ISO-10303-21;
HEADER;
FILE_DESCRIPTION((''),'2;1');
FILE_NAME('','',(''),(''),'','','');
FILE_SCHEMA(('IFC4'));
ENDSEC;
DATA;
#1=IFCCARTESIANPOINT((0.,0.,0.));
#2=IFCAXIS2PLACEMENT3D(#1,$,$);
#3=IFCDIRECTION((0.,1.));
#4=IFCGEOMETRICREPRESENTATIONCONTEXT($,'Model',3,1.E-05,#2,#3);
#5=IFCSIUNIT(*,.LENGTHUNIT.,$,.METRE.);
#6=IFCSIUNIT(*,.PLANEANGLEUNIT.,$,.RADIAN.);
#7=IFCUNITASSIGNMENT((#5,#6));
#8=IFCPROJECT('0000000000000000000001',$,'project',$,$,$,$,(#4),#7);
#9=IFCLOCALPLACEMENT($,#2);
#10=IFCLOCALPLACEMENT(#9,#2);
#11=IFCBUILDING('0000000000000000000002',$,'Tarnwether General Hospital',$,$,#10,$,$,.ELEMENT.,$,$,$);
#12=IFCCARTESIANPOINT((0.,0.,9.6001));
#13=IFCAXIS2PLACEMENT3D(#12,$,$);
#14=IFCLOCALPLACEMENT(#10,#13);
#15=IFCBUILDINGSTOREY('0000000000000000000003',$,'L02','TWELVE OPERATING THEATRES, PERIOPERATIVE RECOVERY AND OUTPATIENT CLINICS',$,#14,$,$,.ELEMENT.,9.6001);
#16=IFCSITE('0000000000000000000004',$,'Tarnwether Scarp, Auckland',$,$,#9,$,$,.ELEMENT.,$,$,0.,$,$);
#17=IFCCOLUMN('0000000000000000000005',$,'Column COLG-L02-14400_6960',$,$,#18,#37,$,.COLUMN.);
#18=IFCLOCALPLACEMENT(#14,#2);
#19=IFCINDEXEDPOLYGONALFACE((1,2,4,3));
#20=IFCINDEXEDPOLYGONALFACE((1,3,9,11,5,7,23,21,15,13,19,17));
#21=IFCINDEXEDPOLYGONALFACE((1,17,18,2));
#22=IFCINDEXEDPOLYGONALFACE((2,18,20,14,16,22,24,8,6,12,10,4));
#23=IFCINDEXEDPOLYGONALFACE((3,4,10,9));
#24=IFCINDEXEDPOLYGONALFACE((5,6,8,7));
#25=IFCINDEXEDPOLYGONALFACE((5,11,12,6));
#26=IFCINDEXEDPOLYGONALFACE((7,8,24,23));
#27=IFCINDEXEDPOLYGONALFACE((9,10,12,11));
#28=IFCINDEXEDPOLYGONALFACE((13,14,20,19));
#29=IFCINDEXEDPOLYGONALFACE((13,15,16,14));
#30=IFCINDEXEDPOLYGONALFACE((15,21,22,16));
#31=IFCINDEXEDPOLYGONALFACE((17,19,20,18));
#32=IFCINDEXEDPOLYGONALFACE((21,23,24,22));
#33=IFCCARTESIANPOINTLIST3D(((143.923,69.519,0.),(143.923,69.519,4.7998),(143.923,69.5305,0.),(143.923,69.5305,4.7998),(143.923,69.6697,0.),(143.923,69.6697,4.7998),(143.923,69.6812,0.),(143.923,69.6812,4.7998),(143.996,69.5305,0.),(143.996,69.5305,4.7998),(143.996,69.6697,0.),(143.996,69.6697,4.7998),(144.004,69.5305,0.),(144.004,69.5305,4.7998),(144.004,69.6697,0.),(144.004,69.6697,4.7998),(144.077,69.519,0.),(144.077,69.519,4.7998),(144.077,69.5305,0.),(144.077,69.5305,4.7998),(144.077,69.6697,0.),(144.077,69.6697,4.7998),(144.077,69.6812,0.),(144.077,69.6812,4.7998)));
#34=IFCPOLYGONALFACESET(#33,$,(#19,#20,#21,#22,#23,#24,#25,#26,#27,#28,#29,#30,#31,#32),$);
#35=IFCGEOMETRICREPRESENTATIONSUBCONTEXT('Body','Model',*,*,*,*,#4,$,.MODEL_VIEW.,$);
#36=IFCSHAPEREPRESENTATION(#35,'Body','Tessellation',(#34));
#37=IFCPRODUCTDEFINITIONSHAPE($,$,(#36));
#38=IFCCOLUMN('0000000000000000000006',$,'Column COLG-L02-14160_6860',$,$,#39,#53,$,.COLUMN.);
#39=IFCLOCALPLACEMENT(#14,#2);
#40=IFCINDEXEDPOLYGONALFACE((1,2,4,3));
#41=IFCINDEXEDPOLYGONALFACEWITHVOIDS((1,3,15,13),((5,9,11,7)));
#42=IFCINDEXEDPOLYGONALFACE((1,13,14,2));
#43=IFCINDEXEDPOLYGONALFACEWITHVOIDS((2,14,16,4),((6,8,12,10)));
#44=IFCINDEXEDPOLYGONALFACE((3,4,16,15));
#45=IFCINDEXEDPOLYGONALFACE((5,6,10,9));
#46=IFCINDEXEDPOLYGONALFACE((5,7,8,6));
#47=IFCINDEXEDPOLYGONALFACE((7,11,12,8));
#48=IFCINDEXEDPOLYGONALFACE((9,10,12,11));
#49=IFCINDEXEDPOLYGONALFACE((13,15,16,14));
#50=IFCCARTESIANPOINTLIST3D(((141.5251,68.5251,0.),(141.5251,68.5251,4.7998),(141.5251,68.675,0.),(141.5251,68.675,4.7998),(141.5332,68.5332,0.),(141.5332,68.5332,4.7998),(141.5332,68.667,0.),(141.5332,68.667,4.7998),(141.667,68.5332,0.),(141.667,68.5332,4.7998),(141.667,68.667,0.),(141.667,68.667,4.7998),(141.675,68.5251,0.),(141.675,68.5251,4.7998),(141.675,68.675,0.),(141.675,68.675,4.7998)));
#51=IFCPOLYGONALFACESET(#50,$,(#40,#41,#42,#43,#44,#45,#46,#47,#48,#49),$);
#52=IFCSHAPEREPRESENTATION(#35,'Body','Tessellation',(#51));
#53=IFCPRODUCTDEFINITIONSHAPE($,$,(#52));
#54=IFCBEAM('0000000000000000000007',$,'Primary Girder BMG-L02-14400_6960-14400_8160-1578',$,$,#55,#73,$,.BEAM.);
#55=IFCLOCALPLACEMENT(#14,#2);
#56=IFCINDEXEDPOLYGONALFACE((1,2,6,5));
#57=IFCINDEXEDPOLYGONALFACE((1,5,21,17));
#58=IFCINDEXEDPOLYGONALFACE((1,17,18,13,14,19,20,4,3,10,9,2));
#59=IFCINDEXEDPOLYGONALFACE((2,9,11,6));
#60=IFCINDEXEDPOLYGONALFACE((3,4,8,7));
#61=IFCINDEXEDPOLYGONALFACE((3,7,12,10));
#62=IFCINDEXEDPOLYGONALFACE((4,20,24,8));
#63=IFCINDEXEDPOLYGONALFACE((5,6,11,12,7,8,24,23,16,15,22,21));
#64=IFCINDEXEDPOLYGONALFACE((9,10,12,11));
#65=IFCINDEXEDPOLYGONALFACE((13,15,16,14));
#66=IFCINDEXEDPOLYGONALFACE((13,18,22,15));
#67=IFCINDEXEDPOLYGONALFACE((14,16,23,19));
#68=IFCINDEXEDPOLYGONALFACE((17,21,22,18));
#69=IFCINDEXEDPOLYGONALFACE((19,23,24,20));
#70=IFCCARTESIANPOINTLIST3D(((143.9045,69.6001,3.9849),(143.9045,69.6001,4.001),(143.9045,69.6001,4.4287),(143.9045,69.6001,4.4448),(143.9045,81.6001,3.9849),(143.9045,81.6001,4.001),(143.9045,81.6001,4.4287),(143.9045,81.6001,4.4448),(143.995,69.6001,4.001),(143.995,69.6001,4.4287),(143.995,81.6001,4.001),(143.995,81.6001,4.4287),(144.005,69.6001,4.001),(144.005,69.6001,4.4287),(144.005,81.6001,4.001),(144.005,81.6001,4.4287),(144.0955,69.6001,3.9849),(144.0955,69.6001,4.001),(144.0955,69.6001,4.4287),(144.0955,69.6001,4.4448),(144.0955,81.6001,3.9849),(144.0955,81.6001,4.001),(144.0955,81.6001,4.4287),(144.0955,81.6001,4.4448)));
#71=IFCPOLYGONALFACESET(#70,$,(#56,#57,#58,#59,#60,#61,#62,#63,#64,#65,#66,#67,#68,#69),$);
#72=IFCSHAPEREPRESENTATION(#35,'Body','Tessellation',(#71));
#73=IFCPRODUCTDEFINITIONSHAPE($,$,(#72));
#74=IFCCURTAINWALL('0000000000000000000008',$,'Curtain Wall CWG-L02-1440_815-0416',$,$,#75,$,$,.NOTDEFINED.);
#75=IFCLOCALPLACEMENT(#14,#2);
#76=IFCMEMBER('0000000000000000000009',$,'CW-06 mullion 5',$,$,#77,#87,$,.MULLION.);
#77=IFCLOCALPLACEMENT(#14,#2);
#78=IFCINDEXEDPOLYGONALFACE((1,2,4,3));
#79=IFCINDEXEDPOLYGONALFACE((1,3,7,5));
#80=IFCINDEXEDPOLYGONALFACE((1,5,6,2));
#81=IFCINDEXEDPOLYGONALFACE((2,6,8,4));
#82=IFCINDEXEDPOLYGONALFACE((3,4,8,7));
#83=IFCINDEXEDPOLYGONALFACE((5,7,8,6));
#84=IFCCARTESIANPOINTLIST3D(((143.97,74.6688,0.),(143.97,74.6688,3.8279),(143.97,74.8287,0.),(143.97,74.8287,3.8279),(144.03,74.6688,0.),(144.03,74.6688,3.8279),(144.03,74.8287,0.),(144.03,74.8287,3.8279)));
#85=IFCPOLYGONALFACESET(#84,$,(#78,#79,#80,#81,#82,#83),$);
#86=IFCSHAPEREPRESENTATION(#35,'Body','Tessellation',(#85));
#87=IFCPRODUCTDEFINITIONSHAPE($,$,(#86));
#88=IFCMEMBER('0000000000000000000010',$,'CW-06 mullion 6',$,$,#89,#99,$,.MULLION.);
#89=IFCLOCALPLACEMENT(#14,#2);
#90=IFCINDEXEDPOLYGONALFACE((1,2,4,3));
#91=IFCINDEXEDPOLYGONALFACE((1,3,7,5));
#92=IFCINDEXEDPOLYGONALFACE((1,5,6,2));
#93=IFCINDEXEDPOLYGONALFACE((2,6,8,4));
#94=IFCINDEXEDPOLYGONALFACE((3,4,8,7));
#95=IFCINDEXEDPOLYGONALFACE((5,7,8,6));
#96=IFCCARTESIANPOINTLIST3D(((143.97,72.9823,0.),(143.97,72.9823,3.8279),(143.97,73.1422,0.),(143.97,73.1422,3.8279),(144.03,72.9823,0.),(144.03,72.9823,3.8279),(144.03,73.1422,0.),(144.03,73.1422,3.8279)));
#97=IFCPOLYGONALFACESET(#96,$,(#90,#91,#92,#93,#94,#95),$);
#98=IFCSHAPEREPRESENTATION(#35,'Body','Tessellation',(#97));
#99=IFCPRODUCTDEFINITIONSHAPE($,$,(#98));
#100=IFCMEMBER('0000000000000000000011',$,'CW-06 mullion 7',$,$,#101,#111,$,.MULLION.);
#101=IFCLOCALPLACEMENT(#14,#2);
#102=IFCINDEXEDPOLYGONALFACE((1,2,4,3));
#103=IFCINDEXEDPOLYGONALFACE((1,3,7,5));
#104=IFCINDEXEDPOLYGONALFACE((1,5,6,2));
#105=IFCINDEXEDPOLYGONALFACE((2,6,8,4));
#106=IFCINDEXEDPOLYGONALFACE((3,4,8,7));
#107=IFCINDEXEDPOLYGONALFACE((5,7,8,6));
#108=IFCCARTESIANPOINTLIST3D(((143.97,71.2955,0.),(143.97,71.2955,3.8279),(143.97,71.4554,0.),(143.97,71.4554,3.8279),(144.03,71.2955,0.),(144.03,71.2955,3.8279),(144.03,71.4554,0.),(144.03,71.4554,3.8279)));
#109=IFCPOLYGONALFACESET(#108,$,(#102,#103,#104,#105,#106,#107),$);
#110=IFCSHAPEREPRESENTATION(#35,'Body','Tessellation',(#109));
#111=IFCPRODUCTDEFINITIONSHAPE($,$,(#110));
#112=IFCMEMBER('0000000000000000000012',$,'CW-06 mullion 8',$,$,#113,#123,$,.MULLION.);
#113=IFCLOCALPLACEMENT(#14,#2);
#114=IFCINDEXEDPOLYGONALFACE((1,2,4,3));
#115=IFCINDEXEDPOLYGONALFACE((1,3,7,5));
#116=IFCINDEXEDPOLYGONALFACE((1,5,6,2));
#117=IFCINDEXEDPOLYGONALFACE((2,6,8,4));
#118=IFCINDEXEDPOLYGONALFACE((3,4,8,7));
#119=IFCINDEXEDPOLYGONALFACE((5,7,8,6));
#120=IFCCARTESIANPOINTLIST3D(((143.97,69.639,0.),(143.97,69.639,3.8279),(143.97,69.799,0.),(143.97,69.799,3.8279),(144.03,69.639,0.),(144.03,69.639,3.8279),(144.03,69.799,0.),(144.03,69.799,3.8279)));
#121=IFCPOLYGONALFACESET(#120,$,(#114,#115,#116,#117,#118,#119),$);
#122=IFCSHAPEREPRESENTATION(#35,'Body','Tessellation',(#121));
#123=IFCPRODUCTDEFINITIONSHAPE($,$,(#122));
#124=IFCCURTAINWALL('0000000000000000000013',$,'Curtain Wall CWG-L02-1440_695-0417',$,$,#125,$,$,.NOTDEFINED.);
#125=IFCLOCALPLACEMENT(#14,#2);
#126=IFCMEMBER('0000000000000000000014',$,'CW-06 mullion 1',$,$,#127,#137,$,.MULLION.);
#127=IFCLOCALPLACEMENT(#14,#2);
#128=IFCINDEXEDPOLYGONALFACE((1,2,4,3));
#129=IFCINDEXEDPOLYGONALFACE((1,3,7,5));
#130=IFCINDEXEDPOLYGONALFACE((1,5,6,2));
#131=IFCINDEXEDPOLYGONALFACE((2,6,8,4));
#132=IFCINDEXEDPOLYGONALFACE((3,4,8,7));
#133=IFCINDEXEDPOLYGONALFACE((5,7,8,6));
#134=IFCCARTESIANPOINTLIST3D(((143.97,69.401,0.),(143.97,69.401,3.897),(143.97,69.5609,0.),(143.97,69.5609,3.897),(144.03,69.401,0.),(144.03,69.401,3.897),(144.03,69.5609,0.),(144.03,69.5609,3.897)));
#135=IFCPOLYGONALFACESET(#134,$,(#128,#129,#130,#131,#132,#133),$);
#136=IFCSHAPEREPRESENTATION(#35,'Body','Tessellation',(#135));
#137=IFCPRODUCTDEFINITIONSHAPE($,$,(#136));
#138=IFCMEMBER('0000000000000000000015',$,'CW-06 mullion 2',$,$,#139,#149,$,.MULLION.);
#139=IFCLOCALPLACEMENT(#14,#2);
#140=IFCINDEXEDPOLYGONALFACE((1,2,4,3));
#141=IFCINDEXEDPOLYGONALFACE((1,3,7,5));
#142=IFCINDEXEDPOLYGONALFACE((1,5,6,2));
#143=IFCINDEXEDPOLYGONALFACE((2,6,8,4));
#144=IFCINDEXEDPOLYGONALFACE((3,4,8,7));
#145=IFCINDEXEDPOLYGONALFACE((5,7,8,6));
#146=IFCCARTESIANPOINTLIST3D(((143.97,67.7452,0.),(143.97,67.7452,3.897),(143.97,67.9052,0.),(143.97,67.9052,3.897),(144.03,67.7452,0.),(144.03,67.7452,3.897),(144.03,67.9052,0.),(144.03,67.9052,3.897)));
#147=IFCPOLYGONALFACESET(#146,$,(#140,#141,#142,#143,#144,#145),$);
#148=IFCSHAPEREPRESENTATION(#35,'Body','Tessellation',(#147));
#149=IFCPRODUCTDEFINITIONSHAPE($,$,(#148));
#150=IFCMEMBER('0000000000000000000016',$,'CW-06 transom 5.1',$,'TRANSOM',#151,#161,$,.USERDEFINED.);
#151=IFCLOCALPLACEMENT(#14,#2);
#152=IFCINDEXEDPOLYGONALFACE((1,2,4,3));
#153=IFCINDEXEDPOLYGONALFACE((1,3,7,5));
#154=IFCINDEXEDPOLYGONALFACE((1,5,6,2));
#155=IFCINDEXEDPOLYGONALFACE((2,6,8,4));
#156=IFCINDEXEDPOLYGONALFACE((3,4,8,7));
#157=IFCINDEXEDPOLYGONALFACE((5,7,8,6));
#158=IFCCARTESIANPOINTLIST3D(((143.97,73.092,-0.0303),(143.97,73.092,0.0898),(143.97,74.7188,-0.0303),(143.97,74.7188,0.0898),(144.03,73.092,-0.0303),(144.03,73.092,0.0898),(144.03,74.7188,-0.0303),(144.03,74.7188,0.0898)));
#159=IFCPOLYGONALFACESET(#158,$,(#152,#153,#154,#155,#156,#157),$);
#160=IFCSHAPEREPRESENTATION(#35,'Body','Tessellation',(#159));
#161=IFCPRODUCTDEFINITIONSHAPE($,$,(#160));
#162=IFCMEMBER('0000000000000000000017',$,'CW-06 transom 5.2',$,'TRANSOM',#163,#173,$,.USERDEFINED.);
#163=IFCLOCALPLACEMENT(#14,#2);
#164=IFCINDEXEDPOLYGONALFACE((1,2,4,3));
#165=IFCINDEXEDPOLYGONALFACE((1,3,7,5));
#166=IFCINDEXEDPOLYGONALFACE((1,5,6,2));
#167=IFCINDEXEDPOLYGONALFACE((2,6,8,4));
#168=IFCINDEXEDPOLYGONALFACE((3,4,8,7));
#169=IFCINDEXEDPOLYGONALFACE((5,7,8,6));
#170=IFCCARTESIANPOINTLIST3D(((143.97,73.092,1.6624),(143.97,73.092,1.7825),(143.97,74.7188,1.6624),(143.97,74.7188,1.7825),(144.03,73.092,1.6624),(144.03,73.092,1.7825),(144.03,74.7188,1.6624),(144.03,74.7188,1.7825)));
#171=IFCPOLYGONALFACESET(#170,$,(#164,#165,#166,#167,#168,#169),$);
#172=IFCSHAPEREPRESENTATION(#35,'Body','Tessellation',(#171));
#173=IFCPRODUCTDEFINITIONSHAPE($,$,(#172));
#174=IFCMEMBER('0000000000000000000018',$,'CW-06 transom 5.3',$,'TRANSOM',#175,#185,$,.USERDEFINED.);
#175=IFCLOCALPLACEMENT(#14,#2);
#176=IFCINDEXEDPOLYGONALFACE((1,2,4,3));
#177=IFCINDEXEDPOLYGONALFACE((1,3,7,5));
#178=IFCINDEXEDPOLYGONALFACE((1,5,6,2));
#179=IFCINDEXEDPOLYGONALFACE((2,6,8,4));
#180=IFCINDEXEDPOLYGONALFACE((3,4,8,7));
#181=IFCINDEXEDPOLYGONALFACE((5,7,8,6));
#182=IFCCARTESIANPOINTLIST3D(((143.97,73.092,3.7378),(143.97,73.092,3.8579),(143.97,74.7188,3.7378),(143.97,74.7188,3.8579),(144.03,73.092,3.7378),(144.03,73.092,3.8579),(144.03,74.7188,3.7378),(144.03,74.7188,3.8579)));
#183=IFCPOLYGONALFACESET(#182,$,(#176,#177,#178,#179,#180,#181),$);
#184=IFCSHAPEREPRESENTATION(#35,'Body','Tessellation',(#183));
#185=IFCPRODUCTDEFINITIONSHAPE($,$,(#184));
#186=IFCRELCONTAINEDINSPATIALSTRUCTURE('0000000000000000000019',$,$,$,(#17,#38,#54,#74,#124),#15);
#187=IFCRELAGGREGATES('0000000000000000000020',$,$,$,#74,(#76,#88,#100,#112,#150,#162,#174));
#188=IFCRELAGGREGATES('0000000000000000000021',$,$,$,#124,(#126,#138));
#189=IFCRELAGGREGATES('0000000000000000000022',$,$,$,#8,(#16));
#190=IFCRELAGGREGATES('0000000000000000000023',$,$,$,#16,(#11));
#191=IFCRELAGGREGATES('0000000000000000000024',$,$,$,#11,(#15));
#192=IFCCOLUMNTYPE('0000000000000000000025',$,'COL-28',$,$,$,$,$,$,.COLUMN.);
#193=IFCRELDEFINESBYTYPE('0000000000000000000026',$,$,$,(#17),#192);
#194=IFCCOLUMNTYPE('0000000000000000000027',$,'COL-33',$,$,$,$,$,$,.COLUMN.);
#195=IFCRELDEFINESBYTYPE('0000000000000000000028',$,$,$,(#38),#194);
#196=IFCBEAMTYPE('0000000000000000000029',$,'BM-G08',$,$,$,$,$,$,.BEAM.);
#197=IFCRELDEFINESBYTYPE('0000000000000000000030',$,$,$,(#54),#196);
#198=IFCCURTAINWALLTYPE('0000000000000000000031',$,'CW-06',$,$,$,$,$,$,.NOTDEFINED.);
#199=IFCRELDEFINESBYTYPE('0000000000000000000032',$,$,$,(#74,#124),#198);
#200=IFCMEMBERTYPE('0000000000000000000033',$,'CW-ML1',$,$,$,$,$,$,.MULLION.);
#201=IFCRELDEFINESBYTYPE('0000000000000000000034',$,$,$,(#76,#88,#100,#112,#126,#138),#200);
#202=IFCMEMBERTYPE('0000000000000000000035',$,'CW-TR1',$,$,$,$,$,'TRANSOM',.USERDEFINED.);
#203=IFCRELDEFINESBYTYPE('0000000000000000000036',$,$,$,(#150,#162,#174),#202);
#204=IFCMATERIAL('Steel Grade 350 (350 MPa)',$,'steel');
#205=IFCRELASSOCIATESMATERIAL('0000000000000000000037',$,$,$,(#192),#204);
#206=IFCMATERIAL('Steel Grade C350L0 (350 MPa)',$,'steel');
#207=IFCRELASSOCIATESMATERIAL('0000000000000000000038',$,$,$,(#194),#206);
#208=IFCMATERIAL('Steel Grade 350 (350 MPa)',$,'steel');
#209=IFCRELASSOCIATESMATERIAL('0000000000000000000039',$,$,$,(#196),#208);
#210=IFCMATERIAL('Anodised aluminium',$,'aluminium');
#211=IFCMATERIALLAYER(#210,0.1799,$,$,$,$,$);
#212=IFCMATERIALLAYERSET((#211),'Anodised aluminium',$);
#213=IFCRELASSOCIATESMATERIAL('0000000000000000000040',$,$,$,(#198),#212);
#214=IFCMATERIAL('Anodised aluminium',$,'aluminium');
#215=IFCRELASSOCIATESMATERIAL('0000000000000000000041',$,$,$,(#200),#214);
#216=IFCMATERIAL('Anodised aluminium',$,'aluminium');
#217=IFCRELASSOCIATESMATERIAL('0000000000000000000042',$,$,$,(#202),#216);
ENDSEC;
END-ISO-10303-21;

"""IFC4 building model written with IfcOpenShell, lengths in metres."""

from ifc_helpers import new_model, si_unit, direction, frame, origin, origin_2d, place, context, subcontext, project, spatial, rectangle, hollow_rectangle, i_section, extrude, material, layer, layer_set, material_profile, profile_set, type_object, element, aggregate, save


model = new_model("IFC4")

# Units and contexts
model_context = context("Model", 3, precision=1e-05, world=origin(), true_north=direction((0.0, 1.0)))
body_context = subcontext(model_context, "Body", "Model", "MODEL_VIEW")
ifc_project = project(units=[si_unit("LENGTHUNIT", "METRE"), si_unit("PLANEANGLEUNIT", "RADIAN")], contexts=[model_context])

# Site, building, storey
site_placement = place(None, origin())
site = spatial("IfcSite", under=ifc_project, at=site_placement, Name="Tarnwether Scarp, Auckland", CompositionType="ELEMENT", RefElevation=0.0)
building_placement = place(site_placement, origin())
building = spatial("IfcBuilding", under=site, at=building_placement, Name="Tarnwether General Hospital", CompositionType="ELEMENT")
storey_placement = place(building_placement, frame((0.0, 0.0, 9.6001)))
storey = spatial("IfcBuildingStorey", under=building, at=storey_placement, Name="L02", Description="TWELVE OPERATING THEATRES, PERIOPERATIVE RECOVERY AND OUTPATIENT CLINICS", CompositionType="ELEMENT", Elevation=9.6001)

# Columns
ifc_material_1 = material(Name="Steel Grade 350 (350 MPa)", Category="steel")
ifc_material_profile_1 = material_profile(ifc_material_1, i_section(OverallWidth=0.1541, OverallDepth=0.1621, WebThickness=0.0081, FlangeThickness=0.0115, at=origin_2d()), Name="150UC37.2")
ifc_profile_set_1 = profile_set([ifc_material_profile_1], Name="Steel Grade 350 (350 MPa)")
column_type_1 = type_object("IfcColumnType", Name="COL-28", PredefinedType="COLUMN", material=ifc_profile_set_1)
column_1_placement = place(storey_placement, frame((144.0, 69.6001, 0.0), z_axis=(0.0, 0.0, 1.0), x_axis=(1.0, 0.0, 0.0)))
element("IfcColumn", 1, at=column_1_placement, inside=storey, type_object=column_type_1, Name="Column COLG-L02-14400_6960", PredefinedType="COLUMN", context=body_context, shape_type="SweptSolid", body=[
    extrude(i_section(OverallWidth=0.1541, OverallDepth=0.1621, WebThickness=0.0081, FlangeThickness=0.0115, at=origin_2d()), origin(), (0.0, 0.0, 1.0), 4.7998),
])
ifc_material_2 = material(Name="Steel Grade C350L0 (350 MPa)", Category="steel")
ifc_material_profile_2 = material_profile(ifc_material_2, hollow_rectangle(XDim=0.1499, YDim=0.1499, WallThickness=0.0081, at=origin_2d()), Name="SHS150x150x8")
ifc_profile_set_2 = profile_set([ifc_material_profile_2], Name="Steel Grade C350L0 (350 MPa)")
column_type_2 = type_object("IfcColumnType", Name="COL-33", PredefinedType="COLUMN", material=ifc_profile_set_2)
column_2_placement = place(storey_placement, frame((141.6001, 68.6001, 0.0), z_axis=(0.0, 0.0, 1.0), x_axis=(1.0, 0.0, 0.0)))
element("IfcColumn", 2, at=column_2_placement, inside=storey, type_object=column_type_2, Name="Column COLG-L02-14160_6860", PredefinedType="COLUMN", context=body_context, shape_type="SweptSolid", body=[
    extrude(hollow_rectangle(XDim=0.1499, YDim=0.1499, WallThickness=0.0081, at=origin_2d()), origin(), (0.0, 0.0, 1.0), 4.7998),
])

# Beam
ifc_material_3 = material(Name="Steel Grade 350 (350 MPa)", Category="steel")
ifc_material_profile_3 = material_profile(ifc_material_3, i_section(OverallWidth=0.1909, OverallDepth=0.46, WebThickness=0.01, FlangeThickness=0.0161, at=origin_2d()), Name="460UB82.1")
ifc_profile_set_3 = profile_set([ifc_material_profile_3], Name="Steel Grade 350 (350 MPa)")
beam_type = type_object("IfcBeamType", Name="BM-G08", PredefinedType="BEAM", material=ifc_profile_set_3)
beam_placement = place(storey_placement, frame((144.0, 69.6001, 4.2148), z_axis=(0.0, 1.0, 0.0), x_axis=(-1.0, 0.0, 0.0)))
element("IfcBeam", 3, at=beam_placement, inside=storey, type_object=beam_type, Name="Primary Girder BMG-L02-14400_6960-14400_8160-1578", PredefinedType="BEAM", context=body_context, shape_type="SweptSolid", body=[
    extrude(i_section(OverallWidth=0.1909, OverallDepth=0.46, WebThickness=0.01, FlangeThickness=0.0161, at=origin_2d()), origin(), (0.0, 0.0, 1.0), 12.0),
])

# Curtain walls, members
ifc_material_4 = material(Name="Anodised aluminium", Category="aluminium")
ifc_layer_1 = layer(ifc_material_4, 0.1799)
ifc_layer_set_1 = layer_set([ifc_layer_1], Name="Anodised aluminium")
curtain_wall_type = type_object("IfcCurtainWallType", Name="CW-06", PredefinedType="NOTDEFINED", material=ifc_layer_set_1)
curtain_wall_1_placement = place(storey_placement, origin())
curtain_wall_1 = element("IfcCurtainWall", 4, at=curtain_wall_1_placement, inside=storey, type_object=curtain_wall_type, Name="Curtain Wall CWG-L02-1440_815-0416", PredefinedType="NOTDEFINED")
ifc_material_5 = material(Name="Anodised aluminium", Category="aluminium")
ifc_material_profile_4 = material_profile(ifc_material_5, rectangle(XDim=0.0601, YDim=0.1599, at=origin_2d()), Name="ALU-MUL-60x160")
ifc_profile_set_4 = profile_set([ifc_material_profile_4], Name="Anodised aluminium")
member_type_1 = type_object("IfcMemberType", Name="CW-ML1", PredefinedType="MULLION", material=ifc_profile_set_4)
member_1_placement = place(storey_placement, frame((144.0, 74.7488, 0.0), z_axis=(0.0, 0.0, 1.0), x_axis=(1.0, 0.0, 0.0)))
member_1 = element("IfcMember", 5, at=member_1_placement, type_object=member_type_1, Name="CW-06 mullion 5", PredefinedType="MULLION", context=body_context, shape_type="SweptSolid", body=[
    extrude(rectangle(XDim=0.0601, YDim=0.1599, at=origin_2d()), origin(), (0.0, 0.0, 1.0), 3.8279),
])
member_2_placement = place(storey_placement, frame((144.0, 73.0623, 0.0), z_axis=(0.0, 0.0, 1.0), x_axis=(1.0, 0.0, 0.0)))
member_2 = element("IfcMember", 6, at=member_2_placement, type_object=member_type_1, Name="CW-06 mullion 6", PredefinedType="MULLION", context=body_context, shape_type="SweptSolid", body=[
    extrude(rectangle(XDim=0.0601, YDim=0.1599, at=origin_2d()), origin(), (0.0, 0.0, 1.0), 3.8279),
])
member_3_placement = place(storey_placement, frame((144.0, 71.3755, 0.0), z_axis=(0.0, 0.0, 1.0), x_axis=(1.0, 0.0, 0.0)))
member_3 = element("IfcMember", 7, at=member_3_placement, type_object=member_type_1, Name="CW-06 mullion 7", PredefinedType="MULLION", context=body_context, shape_type="SweptSolid", body=[
    extrude(rectangle(XDim=0.0601, YDim=0.1599, at=origin_2d()), origin(), (0.0, 0.0, 1.0), 3.8279),
])
member_4_placement = place(storey_placement, frame((144.0, 69.719, 0.0), z_axis=(0.0, 0.0, 1.0), x_axis=(1.0, 0.0, 0.0)))
member_4 = element("IfcMember", 8, at=member_4_placement, type_object=member_type_1, Name="CW-06 mullion 8", PredefinedType="MULLION", context=body_context, shape_type="SweptSolid", body=[
    extrude(rectangle(XDim=0.0601, YDim=0.1599, at=origin_2d()), origin(), (0.0, 0.0, 1.0), 3.8279),
])
curtain_wall_2_placement = place(storey_placement, origin())
curtain_wall_2 = element("IfcCurtainWall", 9, at=curtain_wall_2_placement, inside=storey, type_object=curtain_wall_type, Name="Curtain Wall CWG-L02-1440_695-0417", PredefinedType="NOTDEFINED")
member_5_placement = place(storey_placement, frame((144.0, 69.481, 0.0), z_axis=(0.0, 0.0, 1.0), x_axis=(1.0, 0.0, 0.0)))
member_5 = element("IfcMember", 10, at=member_5_placement, type_object=member_type_1, Name="CW-06 mullion 1", PredefinedType="MULLION", context=body_context, shape_type="SweptSolid", body=[
    extrude(rectangle(XDim=0.0601, YDim=0.1599, at=origin_2d()), origin(), (0.0, 0.0, 1.0), 3.897),
])
member_6_placement = place(storey_placement, frame((144.0, 67.8252, 0.0), z_axis=(0.0, 0.0, 1.0), x_axis=(1.0, 0.0, 0.0)))
member_6 = element("IfcMember", 11, at=member_6_placement, type_object=member_type_1, Name="CW-06 mullion 2", PredefinedType="MULLION", context=body_context, shape_type="SweptSolid", body=[
    extrude(rectangle(XDim=0.0601, YDim=0.1599, at=origin_2d()), origin(), (0.0, 0.0, 1.0), 3.897),
])

# Members
ifc_material_6 = material(Name="Anodised aluminium", Category="aluminium")
ifc_material_profile_5 = material_profile(ifc_material_6, rectangle(XDim=0.0601, YDim=0.1201, at=origin_2d()), Name="ALU-TRN-60x120")
ifc_profile_set_5 = profile_set([ifc_material_profile_5], Name="Anodised aluminium")
member_type_2 = type_object("IfcMemberType", Name="CW-TR1", ElementType="TRANSOM", PredefinedType="USERDEFINED", material=ifc_profile_set_5)
member_7_placement = place(storey_placement, frame((144.0, 74.7188, 0.0298), z_axis=(0.0, -1.0, 0.0), x_axis=(1.0, 0.0, 0.0)))
member_7 = element("IfcMember", 12, at=member_7_placement, type_object=member_type_2, Name="CW-06 transom 5.1", ObjectType="TRANSOM", PredefinedType="USERDEFINED", context=body_context, shape_type="SweptSolid", body=[
    extrude(rectangle(XDim=0.0601, YDim=0.1201, at=origin_2d()), origin(), (0.0, 0.0, 1.0), 1.6267),
])
member_8_placement = place(storey_placement, frame((144.0, 74.7188, 1.7224), z_axis=(0.0, -1.0, 0.0), x_axis=(1.0, 0.0, 0.0)))
member_8 = element("IfcMember", 13, at=member_8_placement, type_object=member_type_2, Name="CW-06 transom 5.2", ObjectType="TRANSOM", PredefinedType="USERDEFINED", context=body_context, shape_type="SweptSolid", body=[
    extrude(rectangle(XDim=0.0601, YDim=0.1201, at=origin_2d()), origin(), (0.0, 0.0, 1.0), 1.6267),
])
member_9_placement = place(storey_placement, frame((144.0, 74.7188, 3.7979), z_axis=(0.0, -1.0, 0.0), x_axis=(1.0, 0.0, 0.0)))
member_9 = element("IfcMember", 14, at=member_9_placement, type_object=member_type_2, Name="CW-06 transom 5.3", ObjectType="TRANSOM", PredefinedType="USERDEFINED", context=body_context, shape_type="SweptSolid", body=[
    extrude(rectangle(XDim=0.0601, YDim=0.1201, at=origin_2d()), origin(), (0.0, 0.0, 1.0), 1.6267),
])

aggregate(curtain_wall_1, [member_1, member_2, member_3, member_4, member_7, member_8, member_9])
aggregate(curtain_wall_2, [member_5, member_6])

save(model, "model.ifc")
